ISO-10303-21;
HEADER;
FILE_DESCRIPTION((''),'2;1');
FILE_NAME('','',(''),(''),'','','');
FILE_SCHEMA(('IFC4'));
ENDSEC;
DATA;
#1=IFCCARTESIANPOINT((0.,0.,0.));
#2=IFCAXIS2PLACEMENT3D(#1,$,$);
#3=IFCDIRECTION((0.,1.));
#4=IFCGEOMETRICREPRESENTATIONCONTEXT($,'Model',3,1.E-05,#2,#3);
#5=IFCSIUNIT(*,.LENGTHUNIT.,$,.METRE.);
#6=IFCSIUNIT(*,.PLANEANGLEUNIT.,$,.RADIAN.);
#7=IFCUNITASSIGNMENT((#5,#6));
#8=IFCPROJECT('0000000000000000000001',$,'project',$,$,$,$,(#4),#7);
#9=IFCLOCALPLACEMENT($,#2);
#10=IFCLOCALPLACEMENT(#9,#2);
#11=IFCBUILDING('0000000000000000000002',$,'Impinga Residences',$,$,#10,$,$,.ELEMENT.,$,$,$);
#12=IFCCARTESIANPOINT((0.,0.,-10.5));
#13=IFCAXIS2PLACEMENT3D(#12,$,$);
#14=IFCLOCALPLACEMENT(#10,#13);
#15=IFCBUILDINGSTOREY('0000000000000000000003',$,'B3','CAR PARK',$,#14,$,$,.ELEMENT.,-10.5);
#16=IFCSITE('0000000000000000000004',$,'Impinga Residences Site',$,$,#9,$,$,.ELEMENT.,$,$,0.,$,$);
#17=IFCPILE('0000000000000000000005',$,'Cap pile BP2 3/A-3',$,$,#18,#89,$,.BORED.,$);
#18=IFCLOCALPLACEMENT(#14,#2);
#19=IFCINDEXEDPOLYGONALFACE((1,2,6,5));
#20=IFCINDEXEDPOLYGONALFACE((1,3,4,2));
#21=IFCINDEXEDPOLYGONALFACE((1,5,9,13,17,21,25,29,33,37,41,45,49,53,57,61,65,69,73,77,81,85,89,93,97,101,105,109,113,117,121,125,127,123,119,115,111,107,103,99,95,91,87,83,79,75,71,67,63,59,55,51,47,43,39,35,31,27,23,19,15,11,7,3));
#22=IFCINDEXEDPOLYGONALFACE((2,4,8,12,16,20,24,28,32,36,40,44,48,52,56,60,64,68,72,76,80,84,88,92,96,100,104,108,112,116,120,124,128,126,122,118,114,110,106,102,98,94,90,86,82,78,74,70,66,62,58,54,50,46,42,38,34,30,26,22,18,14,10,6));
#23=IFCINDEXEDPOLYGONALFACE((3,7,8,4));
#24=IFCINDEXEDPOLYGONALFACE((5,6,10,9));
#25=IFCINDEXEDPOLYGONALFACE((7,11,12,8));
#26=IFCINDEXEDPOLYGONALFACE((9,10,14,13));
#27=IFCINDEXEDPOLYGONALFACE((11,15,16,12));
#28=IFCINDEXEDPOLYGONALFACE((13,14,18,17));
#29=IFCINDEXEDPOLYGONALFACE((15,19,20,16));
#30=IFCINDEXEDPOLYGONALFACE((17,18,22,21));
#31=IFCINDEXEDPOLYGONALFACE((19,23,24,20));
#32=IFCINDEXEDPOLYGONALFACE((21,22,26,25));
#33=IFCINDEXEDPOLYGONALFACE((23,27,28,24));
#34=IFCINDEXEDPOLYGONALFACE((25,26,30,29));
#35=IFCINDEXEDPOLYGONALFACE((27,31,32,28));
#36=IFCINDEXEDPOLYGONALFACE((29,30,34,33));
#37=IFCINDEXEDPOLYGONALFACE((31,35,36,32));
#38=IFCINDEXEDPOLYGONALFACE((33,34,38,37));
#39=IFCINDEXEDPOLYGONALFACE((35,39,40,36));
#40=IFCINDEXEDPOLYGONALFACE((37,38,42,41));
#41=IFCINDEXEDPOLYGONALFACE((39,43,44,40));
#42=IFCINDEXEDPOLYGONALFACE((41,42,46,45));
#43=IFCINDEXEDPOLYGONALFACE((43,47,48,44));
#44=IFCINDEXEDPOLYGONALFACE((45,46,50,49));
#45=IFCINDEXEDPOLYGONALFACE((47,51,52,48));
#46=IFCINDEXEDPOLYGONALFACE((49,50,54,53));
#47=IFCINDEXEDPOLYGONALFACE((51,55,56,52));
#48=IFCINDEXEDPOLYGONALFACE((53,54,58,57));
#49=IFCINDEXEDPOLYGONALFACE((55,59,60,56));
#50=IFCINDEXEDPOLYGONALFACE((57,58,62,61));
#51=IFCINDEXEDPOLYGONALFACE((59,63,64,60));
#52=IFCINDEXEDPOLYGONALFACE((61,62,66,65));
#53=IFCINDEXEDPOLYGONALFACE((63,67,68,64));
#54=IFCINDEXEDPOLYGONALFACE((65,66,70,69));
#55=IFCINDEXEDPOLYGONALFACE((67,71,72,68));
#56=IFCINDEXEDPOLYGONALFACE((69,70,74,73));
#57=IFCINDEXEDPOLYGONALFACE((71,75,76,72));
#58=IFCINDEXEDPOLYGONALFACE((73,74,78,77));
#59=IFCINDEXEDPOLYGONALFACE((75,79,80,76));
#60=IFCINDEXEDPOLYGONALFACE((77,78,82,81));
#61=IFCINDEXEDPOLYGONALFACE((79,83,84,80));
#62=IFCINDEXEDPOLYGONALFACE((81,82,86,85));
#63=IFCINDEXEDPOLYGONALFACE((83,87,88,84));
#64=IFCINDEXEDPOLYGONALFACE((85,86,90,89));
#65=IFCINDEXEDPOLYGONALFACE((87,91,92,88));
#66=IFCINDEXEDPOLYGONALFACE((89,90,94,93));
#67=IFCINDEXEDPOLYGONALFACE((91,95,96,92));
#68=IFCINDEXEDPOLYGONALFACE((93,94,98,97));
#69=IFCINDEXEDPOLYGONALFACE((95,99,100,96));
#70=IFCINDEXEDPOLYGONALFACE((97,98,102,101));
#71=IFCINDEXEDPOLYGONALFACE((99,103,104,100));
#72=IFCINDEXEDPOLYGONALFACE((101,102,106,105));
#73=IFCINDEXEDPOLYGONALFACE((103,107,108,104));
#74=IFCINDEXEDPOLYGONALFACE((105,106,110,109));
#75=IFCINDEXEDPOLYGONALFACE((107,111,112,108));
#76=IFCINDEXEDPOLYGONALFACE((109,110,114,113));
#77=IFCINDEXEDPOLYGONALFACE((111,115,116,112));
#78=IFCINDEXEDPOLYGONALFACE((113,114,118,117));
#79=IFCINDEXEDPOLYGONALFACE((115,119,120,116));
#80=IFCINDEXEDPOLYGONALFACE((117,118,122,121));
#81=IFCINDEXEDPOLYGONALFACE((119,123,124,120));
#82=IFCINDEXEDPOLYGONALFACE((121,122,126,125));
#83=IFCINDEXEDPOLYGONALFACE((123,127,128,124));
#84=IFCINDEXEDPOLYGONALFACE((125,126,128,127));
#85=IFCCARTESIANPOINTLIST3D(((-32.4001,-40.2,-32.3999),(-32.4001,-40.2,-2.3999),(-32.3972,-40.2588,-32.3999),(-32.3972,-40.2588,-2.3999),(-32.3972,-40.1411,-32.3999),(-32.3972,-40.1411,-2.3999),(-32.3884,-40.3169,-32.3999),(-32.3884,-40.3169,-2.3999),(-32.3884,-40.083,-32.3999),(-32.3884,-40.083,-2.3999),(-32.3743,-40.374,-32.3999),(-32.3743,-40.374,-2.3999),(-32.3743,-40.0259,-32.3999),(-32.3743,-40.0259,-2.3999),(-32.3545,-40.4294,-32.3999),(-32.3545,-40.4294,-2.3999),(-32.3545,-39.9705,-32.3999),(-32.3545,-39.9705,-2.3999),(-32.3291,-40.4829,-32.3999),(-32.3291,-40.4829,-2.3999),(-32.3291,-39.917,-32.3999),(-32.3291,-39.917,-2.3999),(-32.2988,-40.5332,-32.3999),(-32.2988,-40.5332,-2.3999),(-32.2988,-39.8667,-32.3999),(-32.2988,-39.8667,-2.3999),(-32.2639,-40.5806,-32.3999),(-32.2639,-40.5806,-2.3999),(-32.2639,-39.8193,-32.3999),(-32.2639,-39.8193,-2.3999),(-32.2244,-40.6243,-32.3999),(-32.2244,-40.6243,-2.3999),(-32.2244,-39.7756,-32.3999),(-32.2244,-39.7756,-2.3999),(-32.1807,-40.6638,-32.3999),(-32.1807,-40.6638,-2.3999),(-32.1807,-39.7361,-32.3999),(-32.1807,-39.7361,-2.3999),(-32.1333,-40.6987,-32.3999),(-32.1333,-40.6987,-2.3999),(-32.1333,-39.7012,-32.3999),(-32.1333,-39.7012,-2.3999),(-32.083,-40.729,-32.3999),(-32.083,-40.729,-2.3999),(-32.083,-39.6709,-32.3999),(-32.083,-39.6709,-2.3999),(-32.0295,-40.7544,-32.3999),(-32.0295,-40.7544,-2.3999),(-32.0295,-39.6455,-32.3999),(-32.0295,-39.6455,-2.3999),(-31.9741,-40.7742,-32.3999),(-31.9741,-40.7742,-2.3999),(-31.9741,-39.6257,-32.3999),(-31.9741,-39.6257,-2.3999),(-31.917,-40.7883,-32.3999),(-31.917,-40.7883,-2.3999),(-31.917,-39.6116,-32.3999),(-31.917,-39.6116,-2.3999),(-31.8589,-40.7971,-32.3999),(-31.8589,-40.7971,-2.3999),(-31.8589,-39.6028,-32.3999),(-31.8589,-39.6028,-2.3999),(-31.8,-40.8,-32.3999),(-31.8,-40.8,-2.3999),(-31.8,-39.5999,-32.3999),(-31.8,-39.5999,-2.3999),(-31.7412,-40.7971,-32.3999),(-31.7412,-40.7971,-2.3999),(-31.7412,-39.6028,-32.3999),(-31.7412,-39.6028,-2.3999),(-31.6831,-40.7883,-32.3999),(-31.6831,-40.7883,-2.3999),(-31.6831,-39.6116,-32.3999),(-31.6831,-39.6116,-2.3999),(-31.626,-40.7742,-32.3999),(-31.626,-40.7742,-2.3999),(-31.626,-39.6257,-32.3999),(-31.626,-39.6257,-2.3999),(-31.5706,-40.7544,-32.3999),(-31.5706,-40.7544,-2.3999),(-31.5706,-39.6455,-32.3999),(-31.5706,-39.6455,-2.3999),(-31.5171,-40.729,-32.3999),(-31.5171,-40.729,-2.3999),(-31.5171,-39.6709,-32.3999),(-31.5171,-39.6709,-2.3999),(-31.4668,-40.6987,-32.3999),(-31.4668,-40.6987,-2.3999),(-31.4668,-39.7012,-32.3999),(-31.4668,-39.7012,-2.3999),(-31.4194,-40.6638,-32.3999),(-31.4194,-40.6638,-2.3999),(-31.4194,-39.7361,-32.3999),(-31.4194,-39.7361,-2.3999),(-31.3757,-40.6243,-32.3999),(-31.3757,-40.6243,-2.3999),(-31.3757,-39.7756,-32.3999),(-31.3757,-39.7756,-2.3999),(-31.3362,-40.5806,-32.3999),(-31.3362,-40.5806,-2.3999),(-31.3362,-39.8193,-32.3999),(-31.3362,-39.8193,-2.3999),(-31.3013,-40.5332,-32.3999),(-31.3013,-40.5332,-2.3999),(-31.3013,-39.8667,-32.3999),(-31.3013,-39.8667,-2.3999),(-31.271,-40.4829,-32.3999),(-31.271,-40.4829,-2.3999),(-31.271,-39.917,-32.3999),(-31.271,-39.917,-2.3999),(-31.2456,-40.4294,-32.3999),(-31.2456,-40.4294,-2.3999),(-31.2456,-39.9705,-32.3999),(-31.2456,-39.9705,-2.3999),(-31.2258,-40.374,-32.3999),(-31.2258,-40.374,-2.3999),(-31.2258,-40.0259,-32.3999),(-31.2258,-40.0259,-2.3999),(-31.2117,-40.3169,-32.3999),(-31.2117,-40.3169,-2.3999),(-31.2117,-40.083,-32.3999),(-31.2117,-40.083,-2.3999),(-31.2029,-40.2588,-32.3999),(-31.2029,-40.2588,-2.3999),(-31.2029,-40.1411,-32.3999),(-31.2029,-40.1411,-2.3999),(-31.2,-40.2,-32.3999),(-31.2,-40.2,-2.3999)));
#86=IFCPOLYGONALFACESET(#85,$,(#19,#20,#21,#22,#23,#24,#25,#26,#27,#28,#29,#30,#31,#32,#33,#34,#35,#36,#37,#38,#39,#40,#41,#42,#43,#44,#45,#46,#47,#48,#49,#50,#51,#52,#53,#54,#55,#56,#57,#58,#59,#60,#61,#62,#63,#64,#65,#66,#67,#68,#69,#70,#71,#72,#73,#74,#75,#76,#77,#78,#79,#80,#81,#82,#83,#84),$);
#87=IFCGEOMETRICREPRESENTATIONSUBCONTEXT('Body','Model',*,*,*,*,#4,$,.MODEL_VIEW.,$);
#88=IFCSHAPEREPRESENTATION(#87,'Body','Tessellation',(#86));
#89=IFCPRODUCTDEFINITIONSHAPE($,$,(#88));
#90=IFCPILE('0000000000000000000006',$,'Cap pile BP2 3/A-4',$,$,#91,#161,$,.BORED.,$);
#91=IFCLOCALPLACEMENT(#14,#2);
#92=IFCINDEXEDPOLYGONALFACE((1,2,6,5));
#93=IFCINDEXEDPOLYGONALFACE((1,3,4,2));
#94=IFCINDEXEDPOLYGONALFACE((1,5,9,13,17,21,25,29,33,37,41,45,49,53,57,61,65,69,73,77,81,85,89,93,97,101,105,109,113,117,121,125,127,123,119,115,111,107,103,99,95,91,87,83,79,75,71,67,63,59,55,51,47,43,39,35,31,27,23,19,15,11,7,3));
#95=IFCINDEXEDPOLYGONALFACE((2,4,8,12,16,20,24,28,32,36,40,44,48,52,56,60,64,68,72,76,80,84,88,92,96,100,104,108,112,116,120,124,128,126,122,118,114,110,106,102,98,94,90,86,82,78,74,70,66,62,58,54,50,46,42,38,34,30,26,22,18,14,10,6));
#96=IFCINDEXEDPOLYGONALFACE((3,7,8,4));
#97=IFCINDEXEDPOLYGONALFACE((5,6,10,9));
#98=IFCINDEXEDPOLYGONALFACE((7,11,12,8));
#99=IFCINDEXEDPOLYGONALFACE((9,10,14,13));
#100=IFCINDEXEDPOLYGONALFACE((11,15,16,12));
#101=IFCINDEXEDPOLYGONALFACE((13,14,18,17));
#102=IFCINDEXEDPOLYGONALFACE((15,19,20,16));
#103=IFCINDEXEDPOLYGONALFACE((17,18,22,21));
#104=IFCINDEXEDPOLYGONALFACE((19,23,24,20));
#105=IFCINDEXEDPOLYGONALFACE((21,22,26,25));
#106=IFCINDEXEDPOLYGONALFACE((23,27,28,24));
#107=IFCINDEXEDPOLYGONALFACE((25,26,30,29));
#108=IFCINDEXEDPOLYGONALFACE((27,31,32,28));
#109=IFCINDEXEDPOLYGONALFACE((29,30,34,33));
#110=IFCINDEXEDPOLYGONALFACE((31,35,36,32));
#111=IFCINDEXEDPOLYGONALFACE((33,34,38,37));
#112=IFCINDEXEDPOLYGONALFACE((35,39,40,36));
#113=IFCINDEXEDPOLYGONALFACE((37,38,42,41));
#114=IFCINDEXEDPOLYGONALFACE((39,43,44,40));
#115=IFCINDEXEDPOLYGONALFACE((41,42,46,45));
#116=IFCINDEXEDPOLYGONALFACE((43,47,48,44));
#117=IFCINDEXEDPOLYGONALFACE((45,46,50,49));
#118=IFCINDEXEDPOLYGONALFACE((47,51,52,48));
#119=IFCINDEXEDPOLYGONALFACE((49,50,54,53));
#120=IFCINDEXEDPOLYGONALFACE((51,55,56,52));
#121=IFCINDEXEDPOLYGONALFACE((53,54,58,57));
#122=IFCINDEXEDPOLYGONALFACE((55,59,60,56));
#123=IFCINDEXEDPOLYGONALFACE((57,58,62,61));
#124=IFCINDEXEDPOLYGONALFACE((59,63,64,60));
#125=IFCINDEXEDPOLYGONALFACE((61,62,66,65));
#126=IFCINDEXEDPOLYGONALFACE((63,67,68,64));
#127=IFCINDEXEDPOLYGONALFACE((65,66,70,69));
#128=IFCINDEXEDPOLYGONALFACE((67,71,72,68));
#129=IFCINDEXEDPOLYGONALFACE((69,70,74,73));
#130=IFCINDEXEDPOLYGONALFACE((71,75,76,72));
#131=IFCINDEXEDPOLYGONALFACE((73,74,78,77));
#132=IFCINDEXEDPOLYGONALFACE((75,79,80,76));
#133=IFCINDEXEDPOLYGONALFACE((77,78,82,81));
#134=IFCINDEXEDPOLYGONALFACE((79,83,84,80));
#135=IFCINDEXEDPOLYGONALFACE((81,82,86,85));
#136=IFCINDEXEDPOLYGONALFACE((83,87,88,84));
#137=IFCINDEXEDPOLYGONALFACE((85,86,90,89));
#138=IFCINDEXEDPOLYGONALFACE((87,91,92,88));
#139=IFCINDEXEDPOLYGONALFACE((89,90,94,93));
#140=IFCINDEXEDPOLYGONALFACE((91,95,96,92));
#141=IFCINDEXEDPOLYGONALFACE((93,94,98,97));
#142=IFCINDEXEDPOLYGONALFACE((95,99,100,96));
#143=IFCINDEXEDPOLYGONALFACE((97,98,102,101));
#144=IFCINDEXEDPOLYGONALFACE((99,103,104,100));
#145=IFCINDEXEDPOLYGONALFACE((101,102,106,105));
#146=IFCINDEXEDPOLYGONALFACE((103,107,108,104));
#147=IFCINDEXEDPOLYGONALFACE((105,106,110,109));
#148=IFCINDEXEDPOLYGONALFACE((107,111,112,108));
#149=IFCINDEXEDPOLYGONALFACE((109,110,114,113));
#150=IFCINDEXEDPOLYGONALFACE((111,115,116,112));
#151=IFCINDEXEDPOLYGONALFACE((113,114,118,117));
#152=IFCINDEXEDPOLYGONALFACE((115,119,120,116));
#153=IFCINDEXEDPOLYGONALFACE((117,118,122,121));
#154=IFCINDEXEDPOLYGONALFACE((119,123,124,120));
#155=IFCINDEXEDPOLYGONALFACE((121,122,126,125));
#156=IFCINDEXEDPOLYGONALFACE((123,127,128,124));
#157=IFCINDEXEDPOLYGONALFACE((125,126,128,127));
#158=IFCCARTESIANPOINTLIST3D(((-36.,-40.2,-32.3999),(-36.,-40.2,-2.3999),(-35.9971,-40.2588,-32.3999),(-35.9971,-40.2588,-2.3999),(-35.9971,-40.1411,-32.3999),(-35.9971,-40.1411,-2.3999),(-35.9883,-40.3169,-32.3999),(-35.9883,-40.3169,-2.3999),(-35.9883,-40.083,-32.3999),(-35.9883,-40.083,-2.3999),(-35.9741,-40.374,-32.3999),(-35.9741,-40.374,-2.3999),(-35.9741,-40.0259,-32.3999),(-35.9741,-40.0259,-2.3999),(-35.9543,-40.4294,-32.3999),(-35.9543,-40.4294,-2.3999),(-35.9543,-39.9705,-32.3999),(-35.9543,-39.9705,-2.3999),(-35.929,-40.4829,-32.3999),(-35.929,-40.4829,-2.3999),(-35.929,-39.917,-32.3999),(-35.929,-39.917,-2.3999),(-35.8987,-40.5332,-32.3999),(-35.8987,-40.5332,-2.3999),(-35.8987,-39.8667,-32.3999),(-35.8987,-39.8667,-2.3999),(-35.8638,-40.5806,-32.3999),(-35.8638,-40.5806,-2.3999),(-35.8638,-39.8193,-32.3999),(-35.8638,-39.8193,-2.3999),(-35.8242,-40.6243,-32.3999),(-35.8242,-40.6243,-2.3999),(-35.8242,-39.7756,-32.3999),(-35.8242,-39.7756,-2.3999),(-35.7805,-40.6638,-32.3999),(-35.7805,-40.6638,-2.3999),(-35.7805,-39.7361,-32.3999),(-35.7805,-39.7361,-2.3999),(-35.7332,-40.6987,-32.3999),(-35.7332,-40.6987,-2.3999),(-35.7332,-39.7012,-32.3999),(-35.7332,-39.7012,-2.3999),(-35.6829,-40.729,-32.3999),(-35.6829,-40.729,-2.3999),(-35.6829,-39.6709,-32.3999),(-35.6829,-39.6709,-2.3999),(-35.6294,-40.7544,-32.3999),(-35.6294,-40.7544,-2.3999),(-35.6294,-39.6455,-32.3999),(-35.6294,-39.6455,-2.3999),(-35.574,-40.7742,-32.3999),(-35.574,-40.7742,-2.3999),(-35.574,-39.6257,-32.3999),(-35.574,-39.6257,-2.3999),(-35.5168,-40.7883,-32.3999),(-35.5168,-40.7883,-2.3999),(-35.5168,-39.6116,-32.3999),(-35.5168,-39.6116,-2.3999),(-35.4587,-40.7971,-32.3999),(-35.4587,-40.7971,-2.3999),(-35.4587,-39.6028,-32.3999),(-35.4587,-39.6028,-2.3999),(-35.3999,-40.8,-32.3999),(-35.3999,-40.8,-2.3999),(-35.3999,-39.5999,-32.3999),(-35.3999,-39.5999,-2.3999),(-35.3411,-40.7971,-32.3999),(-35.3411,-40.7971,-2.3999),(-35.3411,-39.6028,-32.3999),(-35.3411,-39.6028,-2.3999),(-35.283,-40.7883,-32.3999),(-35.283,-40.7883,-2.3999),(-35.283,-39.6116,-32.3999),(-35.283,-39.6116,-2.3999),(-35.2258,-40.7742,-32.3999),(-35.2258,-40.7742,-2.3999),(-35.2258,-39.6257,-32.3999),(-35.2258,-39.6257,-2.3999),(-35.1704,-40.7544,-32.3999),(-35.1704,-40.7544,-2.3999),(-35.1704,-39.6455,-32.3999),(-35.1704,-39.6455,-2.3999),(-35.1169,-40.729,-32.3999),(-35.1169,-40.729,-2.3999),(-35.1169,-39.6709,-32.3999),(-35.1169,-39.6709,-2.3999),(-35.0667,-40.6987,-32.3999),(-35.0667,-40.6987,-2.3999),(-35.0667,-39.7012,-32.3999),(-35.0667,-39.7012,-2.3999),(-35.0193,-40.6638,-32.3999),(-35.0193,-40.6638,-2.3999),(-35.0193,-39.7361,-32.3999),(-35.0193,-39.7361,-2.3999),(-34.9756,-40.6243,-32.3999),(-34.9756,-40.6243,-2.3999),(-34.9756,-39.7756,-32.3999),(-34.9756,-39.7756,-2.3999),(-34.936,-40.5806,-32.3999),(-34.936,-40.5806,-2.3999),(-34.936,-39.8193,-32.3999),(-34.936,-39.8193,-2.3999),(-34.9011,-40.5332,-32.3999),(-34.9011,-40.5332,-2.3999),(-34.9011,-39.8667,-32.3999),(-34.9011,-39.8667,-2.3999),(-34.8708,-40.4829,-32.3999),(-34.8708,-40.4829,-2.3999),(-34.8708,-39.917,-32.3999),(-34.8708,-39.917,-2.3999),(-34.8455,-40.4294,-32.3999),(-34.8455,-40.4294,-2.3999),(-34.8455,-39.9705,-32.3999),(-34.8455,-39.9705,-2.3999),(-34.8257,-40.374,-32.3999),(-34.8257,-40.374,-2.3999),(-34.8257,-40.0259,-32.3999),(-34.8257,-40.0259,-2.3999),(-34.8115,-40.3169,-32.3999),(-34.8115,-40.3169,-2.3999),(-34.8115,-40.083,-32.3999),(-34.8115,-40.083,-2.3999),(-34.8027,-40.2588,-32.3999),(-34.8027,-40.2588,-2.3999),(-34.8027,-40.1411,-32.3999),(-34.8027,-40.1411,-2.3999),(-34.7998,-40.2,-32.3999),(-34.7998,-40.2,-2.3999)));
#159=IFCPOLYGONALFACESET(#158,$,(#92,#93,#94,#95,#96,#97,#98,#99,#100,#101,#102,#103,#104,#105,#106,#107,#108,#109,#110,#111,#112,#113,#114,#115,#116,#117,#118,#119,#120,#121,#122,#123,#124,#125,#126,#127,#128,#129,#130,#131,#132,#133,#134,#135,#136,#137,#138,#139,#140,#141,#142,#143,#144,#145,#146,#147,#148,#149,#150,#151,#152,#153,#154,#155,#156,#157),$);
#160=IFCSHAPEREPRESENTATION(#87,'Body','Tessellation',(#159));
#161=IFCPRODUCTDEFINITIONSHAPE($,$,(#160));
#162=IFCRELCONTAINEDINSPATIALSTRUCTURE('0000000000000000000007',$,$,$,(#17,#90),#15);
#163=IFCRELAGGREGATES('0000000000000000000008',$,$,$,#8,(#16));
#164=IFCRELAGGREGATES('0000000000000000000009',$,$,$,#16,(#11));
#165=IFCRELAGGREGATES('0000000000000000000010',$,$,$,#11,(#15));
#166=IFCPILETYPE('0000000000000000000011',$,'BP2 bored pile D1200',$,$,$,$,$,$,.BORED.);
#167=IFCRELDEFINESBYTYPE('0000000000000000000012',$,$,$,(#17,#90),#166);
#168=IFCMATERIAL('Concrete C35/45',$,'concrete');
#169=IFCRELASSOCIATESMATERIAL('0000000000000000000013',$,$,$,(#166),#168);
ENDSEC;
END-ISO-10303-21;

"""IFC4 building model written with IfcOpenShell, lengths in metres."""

from ifc_helpers import new_model, si_unit, direction, frame, origin, origin_2d, place, context, subcontext, project, spatial, polyline, circle, outline, extrude, material, material_profile, profile_set, type_object, element, save


model = new_model("IFC4")

# Units and contexts
model_context = context("Model", 3, precision=1e-05, world=origin(), true_north=direction((0.0, 1.0)))
body_context = subcontext(model_context, "Body", "Model", "MODEL_VIEW")
ifc_project = project(units=[si_unit("LENGTHUNIT", "METRE"), si_unit("PLANEANGLEUNIT", "RADIAN")], contexts=[model_context])

# Site, building, storey
site_placement = place(None, origin())
site = spatial("IfcSite", under=ifc_project, at=site_placement, Name="Impinga Residences Site", CompositionType="ELEMENT", RefElevation=0.0)
building_placement = place(site_placement, origin())
building = spatial("IfcBuilding", under=site, at=building_placement, Name="Impinga Residences", CompositionType="ELEMENT")
storey_placement = place(building_placement, frame((0.0, 0.0, -10.5)))
storey = spatial("IfcBuildingStorey", under=building, at=storey_placement, Name="B3", Description="CAR PARK", CompositionType="ELEMENT", Elevation=-10.5)

# Piles
ifc_material_1 = material(Name="Concrete C35/45", Category="concrete")
ifc_material_profile_1 = material_profile(ifc_material_1, circle(Radius=0.6001, at=origin_2d()), Name="D1200")
ifc_profile_set_1 = profile_set([ifc_material_profile_1], Name="Concrete C35/45")
pile_type_1 = type_object("IfcPileType", Name="BP2 bored pile D1200", PredefinedType="BORED", material=ifc_profile_set_1)
pile_1_placement = place(storey_placement, frame((-31.8, -40.2, -2.3999), z_axis=(0.0, 0.0, -1.0), x_axis=(1.0, 0.0, 0.0)))
element("IfcPile", 1, at=pile_1_placement, inside=storey, type_object=pile_type_1, Name="Cap pile BP2 3/A-3", PredefinedType="BORED", context=body_context, shape_type="SweptSolid", body=[
    extrude(outline(polyline([(0.6001, 0.0), (0.5972, 0.0588), (0.5884, 0.1169), (0.5742, 0.1741), (0.5544, 0.2295), (0.5291, 0.283), (0.4988, 0.3333), (0.4639, 0.3806), (0.4243, 0.4243), (0.3806, 0.4639), (0.3333, 0.4988), (0.283, 0.5291), (0.2295, 0.5544), (0.1741, 0.5742), (0.1169, 0.5884), (0.0588, 0.5972), (0.0, 0.6001), (-0.0588, 0.5972), (-0.1169, 0.5884), (-0.1741, 0.5742), (-0.2295, 0.5544), (-0.283, 0.5291), (-0.3333, 0.4988), (-0.3806, 0.4639), (-0.4243, 0.4243), (-0.4639, 0.3806), (-0.4988, 0.3333), (-0.5291, 0.283), (-0.5544, 0.2295), (-0.5742, 0.1741), (-0.5884, 0.1169), (-0.5972, 0.0588), (-0.6001, 0.0), (-0.5972, -0.0588), (-0.5884, -0.1169), (-0.5742, -0.1741), (-0.5544, -0.2295), (-0.5291, -0.283), (-0.4988, -0.3333), (-0.4639, -0.3806), (-0.4243, -0.4243), (-0.3806, -0.4639), (-0.3333, -0.4988), (-0.283, -0.5291), (-0.2295, -0.5544), (-0.1741, -0.5742), (-0.1169, -0.5884), (-0.0588, -0.5972), (0.0, -0.6001), (0.0588, -0.5972), (0.1169, -0.5884), (0.1741, -0.5742), (0.2295, -0.5544), (0.283, -0.5291), (0.3333, -0.4988), (0.3806, -0.4639), (0.4243, -0.4243), (0.4639, -0.3806), (0.4988, -0.3333), (0.5291, -0.283), (0.5544, -0.2295), (0.5742, -0.1741), (0.5884, -0.1169), (0.5972, -0.0588), (0.6001, 0.0)])), origin(), (0.0, 0.0, 1.0), 30.0),
])
pile_2_placement = place(storey_placement, frame((-35.3999, -40.2, -2.3999), z_axis=(0.0, 0.0, -1.0), x_axis=(1.0, 0.0, 0.0)))
element("IfcPile", 2, at=pile_2_placement, inside=storey, type_object=pile_type_1, Name="Cap pile BP2 3/A-4", PredefinedType="BORED", context=body_context, shape_type="SweptSolid", body=[
    extrude(outline(polyline([(0.6001, 0.0), (0.5972, 0.0588), (0.5884, 0.1169), (0.5742, 0.1741), (0.5544, 0.2295), (0.5291, 0.283), (0.4988, 0.3333), (0.4639, 0.3806), (0.4243, 0.4243), (0.3806, 0.4639), (0.3333, 0.4988), (0.283, 0.5291), (0.2295, 0.5544), (0.1741, 0.5742), (0.1169, 0.5884), (0.0588, 0.5972), (0.0, 0.6001), (-0.0588, 0.5972), (-0.1169, 0.5884), (-0.1741, 0.5742), (-0.2295, 0.5544), (-0.283, 0.5291), (-0.3333, 0.4988), (-0.3806, 0.4639), (-0.4243, 0.4243), (-0.4639, 0.3806), (-0.4988, 0.3333), (-0.5291, 0.283), (-0.5544, 0.2295), (-0.5742, 0.1741), (-0.5884, 0.1169), (-0.5972, 0.0588), (-0.6001, 0.0), (-0.5972, -0.0588), (-0.5884, -0.1169), (-0.5742, -0.1741), (-0.5544, -0.2295), (-0.5291, -0.283), (-0.4988, -0.3333), (-0.4639, -0.3806), (-0.4243, -0.4243), (-0.3806, -0.4639), (-0.3333, -0.4988), (-0.283, -0.5291), (-0.2295, -0.5544), (-0.1741, -0.5742), (-0.1169, -0.5884), (-0.0588, -0.5972), (0.0, -0.6001), (0.0588, -0.5972), (0.1169, -0.5884), (0.1741, -0.5742), (0.2295, -0.5544), (0.283, -0.5291), (0.3333, -0.4988), (0.3806, -0.4639), (0.4243, -0.4243), (0.4639, -0.3806), (0.4988, -0.3333), (0.5291, -0.283), (0.5544, -0.2295), (0.5742, -0.1741), (0.5884, -0.1169), (0.5972, -0.0588), (0.6001, 0.0)])), origin(), (0.0, 0.0, 1.0), 30.0),
])

save(model, "model.ifc")
